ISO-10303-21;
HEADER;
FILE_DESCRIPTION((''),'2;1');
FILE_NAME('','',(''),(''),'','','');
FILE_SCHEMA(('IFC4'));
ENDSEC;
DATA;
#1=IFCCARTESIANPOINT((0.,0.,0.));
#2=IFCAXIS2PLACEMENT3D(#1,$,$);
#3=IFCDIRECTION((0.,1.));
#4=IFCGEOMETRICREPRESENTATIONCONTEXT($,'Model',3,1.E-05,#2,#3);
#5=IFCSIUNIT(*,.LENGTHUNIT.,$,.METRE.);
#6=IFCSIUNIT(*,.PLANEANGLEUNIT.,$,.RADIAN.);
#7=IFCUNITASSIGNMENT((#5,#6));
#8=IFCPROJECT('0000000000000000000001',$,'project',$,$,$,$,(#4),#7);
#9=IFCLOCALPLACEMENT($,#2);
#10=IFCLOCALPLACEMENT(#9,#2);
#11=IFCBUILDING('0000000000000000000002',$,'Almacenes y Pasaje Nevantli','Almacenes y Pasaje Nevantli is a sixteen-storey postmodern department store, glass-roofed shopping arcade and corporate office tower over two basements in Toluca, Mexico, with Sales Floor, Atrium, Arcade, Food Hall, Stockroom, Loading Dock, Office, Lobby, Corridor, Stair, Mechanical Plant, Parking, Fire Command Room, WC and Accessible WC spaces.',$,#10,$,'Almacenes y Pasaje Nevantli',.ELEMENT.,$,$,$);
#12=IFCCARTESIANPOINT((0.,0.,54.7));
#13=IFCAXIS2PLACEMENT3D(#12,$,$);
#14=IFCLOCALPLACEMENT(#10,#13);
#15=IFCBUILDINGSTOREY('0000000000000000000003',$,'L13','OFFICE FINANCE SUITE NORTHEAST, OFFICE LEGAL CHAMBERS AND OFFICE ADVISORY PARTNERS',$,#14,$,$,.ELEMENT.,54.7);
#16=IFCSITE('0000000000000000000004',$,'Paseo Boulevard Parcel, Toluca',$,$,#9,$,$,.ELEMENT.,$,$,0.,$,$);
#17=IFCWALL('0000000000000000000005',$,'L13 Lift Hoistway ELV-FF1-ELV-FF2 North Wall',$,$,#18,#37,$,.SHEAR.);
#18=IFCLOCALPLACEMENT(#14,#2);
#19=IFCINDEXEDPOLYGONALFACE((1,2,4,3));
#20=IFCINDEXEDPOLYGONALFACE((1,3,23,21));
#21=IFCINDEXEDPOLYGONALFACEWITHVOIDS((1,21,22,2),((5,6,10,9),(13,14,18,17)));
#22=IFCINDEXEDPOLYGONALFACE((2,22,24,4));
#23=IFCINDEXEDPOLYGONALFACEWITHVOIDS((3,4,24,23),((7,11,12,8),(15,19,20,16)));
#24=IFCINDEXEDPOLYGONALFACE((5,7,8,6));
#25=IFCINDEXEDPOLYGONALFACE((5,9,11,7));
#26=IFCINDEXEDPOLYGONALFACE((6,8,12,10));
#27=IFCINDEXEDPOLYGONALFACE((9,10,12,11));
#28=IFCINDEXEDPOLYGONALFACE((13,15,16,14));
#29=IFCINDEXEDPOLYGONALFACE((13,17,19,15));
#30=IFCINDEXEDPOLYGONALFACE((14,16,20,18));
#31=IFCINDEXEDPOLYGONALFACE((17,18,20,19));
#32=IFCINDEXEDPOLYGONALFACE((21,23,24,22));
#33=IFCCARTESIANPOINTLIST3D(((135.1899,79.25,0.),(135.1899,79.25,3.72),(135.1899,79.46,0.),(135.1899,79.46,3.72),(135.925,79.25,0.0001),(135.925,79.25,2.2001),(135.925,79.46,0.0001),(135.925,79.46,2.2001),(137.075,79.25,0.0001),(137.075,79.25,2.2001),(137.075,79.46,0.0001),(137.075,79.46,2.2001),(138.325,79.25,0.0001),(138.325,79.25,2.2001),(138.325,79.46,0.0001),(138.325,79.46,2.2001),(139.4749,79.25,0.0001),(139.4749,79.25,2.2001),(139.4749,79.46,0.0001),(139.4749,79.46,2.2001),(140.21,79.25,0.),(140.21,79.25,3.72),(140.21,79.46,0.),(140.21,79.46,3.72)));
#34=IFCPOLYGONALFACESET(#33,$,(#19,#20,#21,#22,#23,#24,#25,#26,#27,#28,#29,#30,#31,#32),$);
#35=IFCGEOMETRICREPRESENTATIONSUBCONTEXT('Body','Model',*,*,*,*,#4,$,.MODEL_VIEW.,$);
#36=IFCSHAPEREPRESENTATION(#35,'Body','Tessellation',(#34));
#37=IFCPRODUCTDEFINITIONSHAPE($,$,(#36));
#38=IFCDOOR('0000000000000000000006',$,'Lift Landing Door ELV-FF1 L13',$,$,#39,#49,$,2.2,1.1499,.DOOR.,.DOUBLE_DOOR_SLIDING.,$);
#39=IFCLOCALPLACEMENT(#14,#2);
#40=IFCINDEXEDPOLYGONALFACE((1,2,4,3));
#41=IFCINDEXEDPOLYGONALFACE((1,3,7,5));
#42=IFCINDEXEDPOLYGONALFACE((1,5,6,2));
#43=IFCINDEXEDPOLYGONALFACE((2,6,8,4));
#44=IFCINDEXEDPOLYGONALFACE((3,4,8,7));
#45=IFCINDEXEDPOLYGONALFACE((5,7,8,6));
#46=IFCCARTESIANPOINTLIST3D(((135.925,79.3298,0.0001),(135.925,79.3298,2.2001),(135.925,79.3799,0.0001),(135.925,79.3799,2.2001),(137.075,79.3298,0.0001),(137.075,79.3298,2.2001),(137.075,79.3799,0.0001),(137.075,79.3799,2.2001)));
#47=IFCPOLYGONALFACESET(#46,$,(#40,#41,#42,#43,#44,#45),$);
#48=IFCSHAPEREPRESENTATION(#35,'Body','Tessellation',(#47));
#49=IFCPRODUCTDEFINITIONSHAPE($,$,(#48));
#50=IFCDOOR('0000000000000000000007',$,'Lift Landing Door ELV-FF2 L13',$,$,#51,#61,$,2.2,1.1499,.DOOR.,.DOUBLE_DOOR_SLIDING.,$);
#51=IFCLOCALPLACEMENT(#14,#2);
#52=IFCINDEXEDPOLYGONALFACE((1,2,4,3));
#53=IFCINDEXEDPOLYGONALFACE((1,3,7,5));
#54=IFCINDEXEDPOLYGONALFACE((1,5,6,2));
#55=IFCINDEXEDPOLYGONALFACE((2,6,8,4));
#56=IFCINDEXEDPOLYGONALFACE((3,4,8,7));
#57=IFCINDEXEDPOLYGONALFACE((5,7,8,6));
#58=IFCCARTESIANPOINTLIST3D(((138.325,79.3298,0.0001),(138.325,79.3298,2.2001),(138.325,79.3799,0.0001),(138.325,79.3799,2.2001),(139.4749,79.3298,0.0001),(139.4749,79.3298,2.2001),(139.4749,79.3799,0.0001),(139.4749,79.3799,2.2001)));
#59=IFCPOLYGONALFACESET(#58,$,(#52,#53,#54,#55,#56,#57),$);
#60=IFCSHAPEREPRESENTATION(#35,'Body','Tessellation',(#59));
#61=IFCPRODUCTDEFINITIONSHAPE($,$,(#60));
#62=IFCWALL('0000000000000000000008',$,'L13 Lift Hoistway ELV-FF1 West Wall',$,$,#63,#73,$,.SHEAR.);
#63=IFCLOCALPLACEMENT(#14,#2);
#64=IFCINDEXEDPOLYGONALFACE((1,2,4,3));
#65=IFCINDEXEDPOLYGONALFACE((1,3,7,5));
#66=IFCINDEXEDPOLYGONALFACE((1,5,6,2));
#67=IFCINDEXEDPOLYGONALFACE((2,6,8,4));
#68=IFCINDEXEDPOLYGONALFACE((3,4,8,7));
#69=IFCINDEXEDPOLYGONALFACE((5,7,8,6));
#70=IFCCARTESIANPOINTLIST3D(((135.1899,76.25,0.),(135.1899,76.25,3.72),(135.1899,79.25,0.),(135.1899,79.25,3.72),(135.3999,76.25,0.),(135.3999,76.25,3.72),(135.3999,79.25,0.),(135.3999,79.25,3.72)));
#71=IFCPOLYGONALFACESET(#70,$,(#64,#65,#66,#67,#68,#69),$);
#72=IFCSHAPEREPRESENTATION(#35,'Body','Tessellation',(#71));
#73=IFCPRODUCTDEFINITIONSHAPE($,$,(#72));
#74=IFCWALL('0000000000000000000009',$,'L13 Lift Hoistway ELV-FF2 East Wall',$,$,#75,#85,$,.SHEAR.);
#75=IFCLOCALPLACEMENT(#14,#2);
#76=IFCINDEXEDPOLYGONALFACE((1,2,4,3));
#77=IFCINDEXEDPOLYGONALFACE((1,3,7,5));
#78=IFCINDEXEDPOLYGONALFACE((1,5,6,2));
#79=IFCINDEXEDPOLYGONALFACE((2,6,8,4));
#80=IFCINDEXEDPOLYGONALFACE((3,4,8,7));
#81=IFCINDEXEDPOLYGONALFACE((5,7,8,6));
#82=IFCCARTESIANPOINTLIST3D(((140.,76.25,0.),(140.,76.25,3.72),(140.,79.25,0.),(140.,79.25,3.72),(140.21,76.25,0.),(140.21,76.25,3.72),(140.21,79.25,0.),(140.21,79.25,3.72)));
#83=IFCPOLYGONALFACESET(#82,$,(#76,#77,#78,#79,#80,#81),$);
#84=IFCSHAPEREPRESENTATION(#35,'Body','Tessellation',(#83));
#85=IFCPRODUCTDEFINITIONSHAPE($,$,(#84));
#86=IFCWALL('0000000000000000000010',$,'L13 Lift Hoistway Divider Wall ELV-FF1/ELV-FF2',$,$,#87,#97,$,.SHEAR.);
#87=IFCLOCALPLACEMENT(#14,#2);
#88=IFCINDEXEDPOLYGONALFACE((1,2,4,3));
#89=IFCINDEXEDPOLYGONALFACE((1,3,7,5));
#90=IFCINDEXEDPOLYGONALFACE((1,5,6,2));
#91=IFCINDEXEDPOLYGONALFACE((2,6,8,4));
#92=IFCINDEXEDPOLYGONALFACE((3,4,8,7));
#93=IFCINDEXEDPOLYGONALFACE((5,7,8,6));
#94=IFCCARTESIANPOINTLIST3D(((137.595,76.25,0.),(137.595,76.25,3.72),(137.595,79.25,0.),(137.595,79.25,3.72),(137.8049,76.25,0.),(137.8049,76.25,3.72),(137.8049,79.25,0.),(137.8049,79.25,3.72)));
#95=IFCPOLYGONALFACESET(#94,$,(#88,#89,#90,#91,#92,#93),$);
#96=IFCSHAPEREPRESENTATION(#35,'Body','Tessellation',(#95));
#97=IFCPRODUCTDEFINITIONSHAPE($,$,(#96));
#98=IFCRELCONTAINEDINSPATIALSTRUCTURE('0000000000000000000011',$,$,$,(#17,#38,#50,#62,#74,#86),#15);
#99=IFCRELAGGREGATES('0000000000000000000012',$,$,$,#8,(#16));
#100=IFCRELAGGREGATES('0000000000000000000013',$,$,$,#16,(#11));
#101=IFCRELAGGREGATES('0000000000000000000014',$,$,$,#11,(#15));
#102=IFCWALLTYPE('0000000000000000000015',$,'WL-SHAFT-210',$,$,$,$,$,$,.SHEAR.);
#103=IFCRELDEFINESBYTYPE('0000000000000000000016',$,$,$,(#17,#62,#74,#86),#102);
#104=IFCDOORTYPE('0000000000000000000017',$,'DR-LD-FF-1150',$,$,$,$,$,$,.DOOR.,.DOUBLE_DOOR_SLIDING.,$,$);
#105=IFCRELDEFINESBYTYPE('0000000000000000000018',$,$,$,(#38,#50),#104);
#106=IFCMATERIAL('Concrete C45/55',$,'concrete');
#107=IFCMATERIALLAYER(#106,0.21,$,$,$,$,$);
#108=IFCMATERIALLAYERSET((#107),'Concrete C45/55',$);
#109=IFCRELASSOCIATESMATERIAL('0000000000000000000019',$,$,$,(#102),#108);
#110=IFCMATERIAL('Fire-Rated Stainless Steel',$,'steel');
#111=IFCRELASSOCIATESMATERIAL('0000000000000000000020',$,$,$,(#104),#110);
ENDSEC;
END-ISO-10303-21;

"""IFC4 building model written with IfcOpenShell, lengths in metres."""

from ifc_helpers import new_model, si_unit, direction, frame, frame_2d, origin, place, context, subcontext, project, spatial, rectangle, extrude, material, layer, layer_set, type_object, element, fill, save


model = new_model("IFC4")

# Units and contexts
model_context = context("Model", 3, precision=1e-05, world=origin(), true_north=direction((0.0, 1.0)))
body_context = subcontext(model_context, "Body", "Model", "MODEL_VIEW")
ifc_project = project(units=[si_unit("LENGTHUNIT", "METRE"), si_unit("PLANEANGLEUNIT", "RADIAN")], contexts=[model_context])

# Site, building, storey
site_placement = place(None, origin())
site = spatial("IfcSite", under=ifc_project, at=site_placement, Name="Paseo Boulevard Parcel, Toluca", CompositionType="ELEMENT", RefElevation=0.0)
building_placement = place(site_placement, origin())
building = spatial("IfcBuilding", under=site, at=building_placement, Name="Almacenes y Pasaje Nevantli", Description="Almacenes y Pasaje Nevantli is a sixteen-storey postmodern department store, glass-roofed shopping arcade and corporate office tower over two basements in Toluca, Mexico, with Sales Floor, Atrium, Arcade, Food Hall, Stockroom, Loading Dock, Office, Lobby, Corridor, Stair, Mechanical Plant, Parking, Fire Command Room, WC and Accessible WC spaces.", LongName="Almacenes y Pasaje Nevantli", CompositionType="ELEMENT")
storey_placement = place(building_placement, frame((0.0, 0.0, 54.7)))
storey = spatial("IfcBuildingStorey", under=building, at=storey_placement, Name="L13", Description="OFFICE FINANCE SUITE NORTHEAST, OFFICE LEGAL CHAMBERS AND OFFICE ADVISORY PARTNERS", CompositionType="ELEMENT", Elevation=54.7)

# Shared definitions
ifc_material_1 = material(Name="Concrete C45/55", Category="concrete")
ifc_layer_1 = layer(ifc_material_1, 0.21)
ifc_layer_set_1 = layer_set([ifc_layer_1], Name="Concrete C45/55")
wall_type_1 = type_object("IfcWallType", Name="WL-SHAFT-210", PredefinedType="SHEAR", material=ifc_layer_set_1)

# Wall, openings, doors
wall_1_placement = place(storey_placement, frame((135.1899, 79.355, 0.0), z_axis=(0.0, 0.0, 1.0), x_axis=(1.0, 0.0, 0.0)))
wall_1 = element("IfcWall", 1, at=wall_1_placement, inside=storey, type_object=wall_type_1, Name="L13 Lift Hoistway ELV-FF1-ELV-FF2 North Wall", PredefinedType="SHEAR", context=body_context, shape_type="SweptSolid", body=[
    extrude(rectangle(XDim=5.02, YDim=0.21, at=frame_2d((2.51, 0.0))), origin(), (0.0, 0.0, 1.0), 3.72),
])
opening_1_placement = place(wall_1_placement, frame((0.7351, 0.0, 0.0)))
opening_1 = element("IfcOpeningElement", 2, at=opening_1_placement, cuts=wall_1, PredefinedType="OPENING", context=body_context, shape_type="SweptSolid", body=[
    extrude(rectangle(XDim=1.1499, YDim=2.2, at=frame_2d((0.575, 1.1001))), frame((0.0, 0.115, 0.0), z_axis=(0.0, -1.0, 0.0), x_axis=(1.0, 0.0, 0.0)), (0.0, 0.0, 1.0), 0.23),
])
opening_2_placement = place(wall_1_placement, frame((3.135, 0.0, 0.0)))
opening_2 = element("IfcOpeningElement", 3, at=opening_2_placement, cuts=wall_1, PredefinedType="OPENING", context=body_context, shape_type="SweptSolid", body=[
    extrude(rectangle(XDim=1.1499, YDim=2.2, at=frame_2d((0.575, 1.1001))), frame((0.0, 0.115, 0.0), z_axis=(0.0, -1.0, 0.0), x_axis=(1.0, 0.0, 0.0)), (0.0, 0.0, 1.0), 0.23),
])
ifc_material_2 = material(Name="Fire-Rated Stainless Steel", Category="steel")
door_type_1 = type_object("IfcDoorType", Name="DR-LD-FF-1150", OperationType="DOUBLE_DOOR_SLIDING", PredefinedType="DOOR", material=ifc_material_2)
door_1_placement = place(opening_1_placement, origin())
door_1 = element("IfcDoor", 4, at=door_1_placement, inside=storey, type_object=door_type_1, Name="Lift Landing Door ELV-FF1 L13", OperationType="DOUBLE_DOOR_SLIDING", OverallHeight=2.2, OverallWidth=1.1499, PredefinedType="DOOR", context=body_context, shape_type="SweptSolid", body=[
    extrude(rectangle(XDim=1.1499, YDim=2.2, at=frame_2d((0.575, 1.1001))), frame((0.0, 0.0249, 0.0), z_axis=(0.0, -1.0, 0.0), x_axis=(1.0, 0.0, 0.0)), (0.0, 0.0, 1.0), 0.05),
])
fill(opening_1, door_1)
door_2_placement = place(opening_2_placement, origin())
door_2 = element("IfcDoor", 5, at=door_2_placement, inside=storey, type_object=door_type_1, Name="Lift Landing Door ELV-FF2 L13", OperationType="DOUBLE_DOOR_SLIDING", OverallHeight=2.2, OverallWidth=1.1499, PredefinedType="DOOR", context=body_context, shape_type="SweptSolid", body=[
    extrude(rectangle(XDim=1.1499, YDim=2.2, at=frame_2d((0.575, 1.1001))), frame((0.0, 0.0249, 0.0), z_axis=(0.0, -1.0, 0.0), x_axis=(1.0, 0.0, 0.0)), (0.0, 0.0, 1.0), 0.05),
])
fill(opening_2, door_2)

# Walls
for number, where, z_axis, x_axis, name in (
    (6, (135.2949, 76.25, 0.0), (0.0, 0.0, 1.0), (0.0, 1.0, 0.0), "L13 Lift Hoistway ELV-FF1 West Wall"),
    (7, (140.105, 76.25, 0.0), (0.0, 0.0, 1.0), (0.0, 1.0, 0.0), "L13 Lift Hoistway ELV-FF2 East Wall"),
    (8, (137.7, 76.25, 0.0), (0.0, 0.0, 1.0), (0.0, 1.0, 0.0), "L13 Lift Hoistway Divider Wall ELV-FF1/ELV-FF2"),
):
    element("IfcWall", number, at=place(storey_placement, frame(where, z_axis=z_axis, x_axis=x_axis)), inside=storey, type_object=wall_type_1, Name=name, PredefinedType="SHEAR", context=body_context, shape_type="SweptSolid", body=[
        extrude(rectangle(XDim=3.0, YDim=0.21, at=frame_2d((1.5, 0.0))), origin(), (0.0, 0.0, 1.0), 3.72),
    ])

save(model, "model.ifc")
